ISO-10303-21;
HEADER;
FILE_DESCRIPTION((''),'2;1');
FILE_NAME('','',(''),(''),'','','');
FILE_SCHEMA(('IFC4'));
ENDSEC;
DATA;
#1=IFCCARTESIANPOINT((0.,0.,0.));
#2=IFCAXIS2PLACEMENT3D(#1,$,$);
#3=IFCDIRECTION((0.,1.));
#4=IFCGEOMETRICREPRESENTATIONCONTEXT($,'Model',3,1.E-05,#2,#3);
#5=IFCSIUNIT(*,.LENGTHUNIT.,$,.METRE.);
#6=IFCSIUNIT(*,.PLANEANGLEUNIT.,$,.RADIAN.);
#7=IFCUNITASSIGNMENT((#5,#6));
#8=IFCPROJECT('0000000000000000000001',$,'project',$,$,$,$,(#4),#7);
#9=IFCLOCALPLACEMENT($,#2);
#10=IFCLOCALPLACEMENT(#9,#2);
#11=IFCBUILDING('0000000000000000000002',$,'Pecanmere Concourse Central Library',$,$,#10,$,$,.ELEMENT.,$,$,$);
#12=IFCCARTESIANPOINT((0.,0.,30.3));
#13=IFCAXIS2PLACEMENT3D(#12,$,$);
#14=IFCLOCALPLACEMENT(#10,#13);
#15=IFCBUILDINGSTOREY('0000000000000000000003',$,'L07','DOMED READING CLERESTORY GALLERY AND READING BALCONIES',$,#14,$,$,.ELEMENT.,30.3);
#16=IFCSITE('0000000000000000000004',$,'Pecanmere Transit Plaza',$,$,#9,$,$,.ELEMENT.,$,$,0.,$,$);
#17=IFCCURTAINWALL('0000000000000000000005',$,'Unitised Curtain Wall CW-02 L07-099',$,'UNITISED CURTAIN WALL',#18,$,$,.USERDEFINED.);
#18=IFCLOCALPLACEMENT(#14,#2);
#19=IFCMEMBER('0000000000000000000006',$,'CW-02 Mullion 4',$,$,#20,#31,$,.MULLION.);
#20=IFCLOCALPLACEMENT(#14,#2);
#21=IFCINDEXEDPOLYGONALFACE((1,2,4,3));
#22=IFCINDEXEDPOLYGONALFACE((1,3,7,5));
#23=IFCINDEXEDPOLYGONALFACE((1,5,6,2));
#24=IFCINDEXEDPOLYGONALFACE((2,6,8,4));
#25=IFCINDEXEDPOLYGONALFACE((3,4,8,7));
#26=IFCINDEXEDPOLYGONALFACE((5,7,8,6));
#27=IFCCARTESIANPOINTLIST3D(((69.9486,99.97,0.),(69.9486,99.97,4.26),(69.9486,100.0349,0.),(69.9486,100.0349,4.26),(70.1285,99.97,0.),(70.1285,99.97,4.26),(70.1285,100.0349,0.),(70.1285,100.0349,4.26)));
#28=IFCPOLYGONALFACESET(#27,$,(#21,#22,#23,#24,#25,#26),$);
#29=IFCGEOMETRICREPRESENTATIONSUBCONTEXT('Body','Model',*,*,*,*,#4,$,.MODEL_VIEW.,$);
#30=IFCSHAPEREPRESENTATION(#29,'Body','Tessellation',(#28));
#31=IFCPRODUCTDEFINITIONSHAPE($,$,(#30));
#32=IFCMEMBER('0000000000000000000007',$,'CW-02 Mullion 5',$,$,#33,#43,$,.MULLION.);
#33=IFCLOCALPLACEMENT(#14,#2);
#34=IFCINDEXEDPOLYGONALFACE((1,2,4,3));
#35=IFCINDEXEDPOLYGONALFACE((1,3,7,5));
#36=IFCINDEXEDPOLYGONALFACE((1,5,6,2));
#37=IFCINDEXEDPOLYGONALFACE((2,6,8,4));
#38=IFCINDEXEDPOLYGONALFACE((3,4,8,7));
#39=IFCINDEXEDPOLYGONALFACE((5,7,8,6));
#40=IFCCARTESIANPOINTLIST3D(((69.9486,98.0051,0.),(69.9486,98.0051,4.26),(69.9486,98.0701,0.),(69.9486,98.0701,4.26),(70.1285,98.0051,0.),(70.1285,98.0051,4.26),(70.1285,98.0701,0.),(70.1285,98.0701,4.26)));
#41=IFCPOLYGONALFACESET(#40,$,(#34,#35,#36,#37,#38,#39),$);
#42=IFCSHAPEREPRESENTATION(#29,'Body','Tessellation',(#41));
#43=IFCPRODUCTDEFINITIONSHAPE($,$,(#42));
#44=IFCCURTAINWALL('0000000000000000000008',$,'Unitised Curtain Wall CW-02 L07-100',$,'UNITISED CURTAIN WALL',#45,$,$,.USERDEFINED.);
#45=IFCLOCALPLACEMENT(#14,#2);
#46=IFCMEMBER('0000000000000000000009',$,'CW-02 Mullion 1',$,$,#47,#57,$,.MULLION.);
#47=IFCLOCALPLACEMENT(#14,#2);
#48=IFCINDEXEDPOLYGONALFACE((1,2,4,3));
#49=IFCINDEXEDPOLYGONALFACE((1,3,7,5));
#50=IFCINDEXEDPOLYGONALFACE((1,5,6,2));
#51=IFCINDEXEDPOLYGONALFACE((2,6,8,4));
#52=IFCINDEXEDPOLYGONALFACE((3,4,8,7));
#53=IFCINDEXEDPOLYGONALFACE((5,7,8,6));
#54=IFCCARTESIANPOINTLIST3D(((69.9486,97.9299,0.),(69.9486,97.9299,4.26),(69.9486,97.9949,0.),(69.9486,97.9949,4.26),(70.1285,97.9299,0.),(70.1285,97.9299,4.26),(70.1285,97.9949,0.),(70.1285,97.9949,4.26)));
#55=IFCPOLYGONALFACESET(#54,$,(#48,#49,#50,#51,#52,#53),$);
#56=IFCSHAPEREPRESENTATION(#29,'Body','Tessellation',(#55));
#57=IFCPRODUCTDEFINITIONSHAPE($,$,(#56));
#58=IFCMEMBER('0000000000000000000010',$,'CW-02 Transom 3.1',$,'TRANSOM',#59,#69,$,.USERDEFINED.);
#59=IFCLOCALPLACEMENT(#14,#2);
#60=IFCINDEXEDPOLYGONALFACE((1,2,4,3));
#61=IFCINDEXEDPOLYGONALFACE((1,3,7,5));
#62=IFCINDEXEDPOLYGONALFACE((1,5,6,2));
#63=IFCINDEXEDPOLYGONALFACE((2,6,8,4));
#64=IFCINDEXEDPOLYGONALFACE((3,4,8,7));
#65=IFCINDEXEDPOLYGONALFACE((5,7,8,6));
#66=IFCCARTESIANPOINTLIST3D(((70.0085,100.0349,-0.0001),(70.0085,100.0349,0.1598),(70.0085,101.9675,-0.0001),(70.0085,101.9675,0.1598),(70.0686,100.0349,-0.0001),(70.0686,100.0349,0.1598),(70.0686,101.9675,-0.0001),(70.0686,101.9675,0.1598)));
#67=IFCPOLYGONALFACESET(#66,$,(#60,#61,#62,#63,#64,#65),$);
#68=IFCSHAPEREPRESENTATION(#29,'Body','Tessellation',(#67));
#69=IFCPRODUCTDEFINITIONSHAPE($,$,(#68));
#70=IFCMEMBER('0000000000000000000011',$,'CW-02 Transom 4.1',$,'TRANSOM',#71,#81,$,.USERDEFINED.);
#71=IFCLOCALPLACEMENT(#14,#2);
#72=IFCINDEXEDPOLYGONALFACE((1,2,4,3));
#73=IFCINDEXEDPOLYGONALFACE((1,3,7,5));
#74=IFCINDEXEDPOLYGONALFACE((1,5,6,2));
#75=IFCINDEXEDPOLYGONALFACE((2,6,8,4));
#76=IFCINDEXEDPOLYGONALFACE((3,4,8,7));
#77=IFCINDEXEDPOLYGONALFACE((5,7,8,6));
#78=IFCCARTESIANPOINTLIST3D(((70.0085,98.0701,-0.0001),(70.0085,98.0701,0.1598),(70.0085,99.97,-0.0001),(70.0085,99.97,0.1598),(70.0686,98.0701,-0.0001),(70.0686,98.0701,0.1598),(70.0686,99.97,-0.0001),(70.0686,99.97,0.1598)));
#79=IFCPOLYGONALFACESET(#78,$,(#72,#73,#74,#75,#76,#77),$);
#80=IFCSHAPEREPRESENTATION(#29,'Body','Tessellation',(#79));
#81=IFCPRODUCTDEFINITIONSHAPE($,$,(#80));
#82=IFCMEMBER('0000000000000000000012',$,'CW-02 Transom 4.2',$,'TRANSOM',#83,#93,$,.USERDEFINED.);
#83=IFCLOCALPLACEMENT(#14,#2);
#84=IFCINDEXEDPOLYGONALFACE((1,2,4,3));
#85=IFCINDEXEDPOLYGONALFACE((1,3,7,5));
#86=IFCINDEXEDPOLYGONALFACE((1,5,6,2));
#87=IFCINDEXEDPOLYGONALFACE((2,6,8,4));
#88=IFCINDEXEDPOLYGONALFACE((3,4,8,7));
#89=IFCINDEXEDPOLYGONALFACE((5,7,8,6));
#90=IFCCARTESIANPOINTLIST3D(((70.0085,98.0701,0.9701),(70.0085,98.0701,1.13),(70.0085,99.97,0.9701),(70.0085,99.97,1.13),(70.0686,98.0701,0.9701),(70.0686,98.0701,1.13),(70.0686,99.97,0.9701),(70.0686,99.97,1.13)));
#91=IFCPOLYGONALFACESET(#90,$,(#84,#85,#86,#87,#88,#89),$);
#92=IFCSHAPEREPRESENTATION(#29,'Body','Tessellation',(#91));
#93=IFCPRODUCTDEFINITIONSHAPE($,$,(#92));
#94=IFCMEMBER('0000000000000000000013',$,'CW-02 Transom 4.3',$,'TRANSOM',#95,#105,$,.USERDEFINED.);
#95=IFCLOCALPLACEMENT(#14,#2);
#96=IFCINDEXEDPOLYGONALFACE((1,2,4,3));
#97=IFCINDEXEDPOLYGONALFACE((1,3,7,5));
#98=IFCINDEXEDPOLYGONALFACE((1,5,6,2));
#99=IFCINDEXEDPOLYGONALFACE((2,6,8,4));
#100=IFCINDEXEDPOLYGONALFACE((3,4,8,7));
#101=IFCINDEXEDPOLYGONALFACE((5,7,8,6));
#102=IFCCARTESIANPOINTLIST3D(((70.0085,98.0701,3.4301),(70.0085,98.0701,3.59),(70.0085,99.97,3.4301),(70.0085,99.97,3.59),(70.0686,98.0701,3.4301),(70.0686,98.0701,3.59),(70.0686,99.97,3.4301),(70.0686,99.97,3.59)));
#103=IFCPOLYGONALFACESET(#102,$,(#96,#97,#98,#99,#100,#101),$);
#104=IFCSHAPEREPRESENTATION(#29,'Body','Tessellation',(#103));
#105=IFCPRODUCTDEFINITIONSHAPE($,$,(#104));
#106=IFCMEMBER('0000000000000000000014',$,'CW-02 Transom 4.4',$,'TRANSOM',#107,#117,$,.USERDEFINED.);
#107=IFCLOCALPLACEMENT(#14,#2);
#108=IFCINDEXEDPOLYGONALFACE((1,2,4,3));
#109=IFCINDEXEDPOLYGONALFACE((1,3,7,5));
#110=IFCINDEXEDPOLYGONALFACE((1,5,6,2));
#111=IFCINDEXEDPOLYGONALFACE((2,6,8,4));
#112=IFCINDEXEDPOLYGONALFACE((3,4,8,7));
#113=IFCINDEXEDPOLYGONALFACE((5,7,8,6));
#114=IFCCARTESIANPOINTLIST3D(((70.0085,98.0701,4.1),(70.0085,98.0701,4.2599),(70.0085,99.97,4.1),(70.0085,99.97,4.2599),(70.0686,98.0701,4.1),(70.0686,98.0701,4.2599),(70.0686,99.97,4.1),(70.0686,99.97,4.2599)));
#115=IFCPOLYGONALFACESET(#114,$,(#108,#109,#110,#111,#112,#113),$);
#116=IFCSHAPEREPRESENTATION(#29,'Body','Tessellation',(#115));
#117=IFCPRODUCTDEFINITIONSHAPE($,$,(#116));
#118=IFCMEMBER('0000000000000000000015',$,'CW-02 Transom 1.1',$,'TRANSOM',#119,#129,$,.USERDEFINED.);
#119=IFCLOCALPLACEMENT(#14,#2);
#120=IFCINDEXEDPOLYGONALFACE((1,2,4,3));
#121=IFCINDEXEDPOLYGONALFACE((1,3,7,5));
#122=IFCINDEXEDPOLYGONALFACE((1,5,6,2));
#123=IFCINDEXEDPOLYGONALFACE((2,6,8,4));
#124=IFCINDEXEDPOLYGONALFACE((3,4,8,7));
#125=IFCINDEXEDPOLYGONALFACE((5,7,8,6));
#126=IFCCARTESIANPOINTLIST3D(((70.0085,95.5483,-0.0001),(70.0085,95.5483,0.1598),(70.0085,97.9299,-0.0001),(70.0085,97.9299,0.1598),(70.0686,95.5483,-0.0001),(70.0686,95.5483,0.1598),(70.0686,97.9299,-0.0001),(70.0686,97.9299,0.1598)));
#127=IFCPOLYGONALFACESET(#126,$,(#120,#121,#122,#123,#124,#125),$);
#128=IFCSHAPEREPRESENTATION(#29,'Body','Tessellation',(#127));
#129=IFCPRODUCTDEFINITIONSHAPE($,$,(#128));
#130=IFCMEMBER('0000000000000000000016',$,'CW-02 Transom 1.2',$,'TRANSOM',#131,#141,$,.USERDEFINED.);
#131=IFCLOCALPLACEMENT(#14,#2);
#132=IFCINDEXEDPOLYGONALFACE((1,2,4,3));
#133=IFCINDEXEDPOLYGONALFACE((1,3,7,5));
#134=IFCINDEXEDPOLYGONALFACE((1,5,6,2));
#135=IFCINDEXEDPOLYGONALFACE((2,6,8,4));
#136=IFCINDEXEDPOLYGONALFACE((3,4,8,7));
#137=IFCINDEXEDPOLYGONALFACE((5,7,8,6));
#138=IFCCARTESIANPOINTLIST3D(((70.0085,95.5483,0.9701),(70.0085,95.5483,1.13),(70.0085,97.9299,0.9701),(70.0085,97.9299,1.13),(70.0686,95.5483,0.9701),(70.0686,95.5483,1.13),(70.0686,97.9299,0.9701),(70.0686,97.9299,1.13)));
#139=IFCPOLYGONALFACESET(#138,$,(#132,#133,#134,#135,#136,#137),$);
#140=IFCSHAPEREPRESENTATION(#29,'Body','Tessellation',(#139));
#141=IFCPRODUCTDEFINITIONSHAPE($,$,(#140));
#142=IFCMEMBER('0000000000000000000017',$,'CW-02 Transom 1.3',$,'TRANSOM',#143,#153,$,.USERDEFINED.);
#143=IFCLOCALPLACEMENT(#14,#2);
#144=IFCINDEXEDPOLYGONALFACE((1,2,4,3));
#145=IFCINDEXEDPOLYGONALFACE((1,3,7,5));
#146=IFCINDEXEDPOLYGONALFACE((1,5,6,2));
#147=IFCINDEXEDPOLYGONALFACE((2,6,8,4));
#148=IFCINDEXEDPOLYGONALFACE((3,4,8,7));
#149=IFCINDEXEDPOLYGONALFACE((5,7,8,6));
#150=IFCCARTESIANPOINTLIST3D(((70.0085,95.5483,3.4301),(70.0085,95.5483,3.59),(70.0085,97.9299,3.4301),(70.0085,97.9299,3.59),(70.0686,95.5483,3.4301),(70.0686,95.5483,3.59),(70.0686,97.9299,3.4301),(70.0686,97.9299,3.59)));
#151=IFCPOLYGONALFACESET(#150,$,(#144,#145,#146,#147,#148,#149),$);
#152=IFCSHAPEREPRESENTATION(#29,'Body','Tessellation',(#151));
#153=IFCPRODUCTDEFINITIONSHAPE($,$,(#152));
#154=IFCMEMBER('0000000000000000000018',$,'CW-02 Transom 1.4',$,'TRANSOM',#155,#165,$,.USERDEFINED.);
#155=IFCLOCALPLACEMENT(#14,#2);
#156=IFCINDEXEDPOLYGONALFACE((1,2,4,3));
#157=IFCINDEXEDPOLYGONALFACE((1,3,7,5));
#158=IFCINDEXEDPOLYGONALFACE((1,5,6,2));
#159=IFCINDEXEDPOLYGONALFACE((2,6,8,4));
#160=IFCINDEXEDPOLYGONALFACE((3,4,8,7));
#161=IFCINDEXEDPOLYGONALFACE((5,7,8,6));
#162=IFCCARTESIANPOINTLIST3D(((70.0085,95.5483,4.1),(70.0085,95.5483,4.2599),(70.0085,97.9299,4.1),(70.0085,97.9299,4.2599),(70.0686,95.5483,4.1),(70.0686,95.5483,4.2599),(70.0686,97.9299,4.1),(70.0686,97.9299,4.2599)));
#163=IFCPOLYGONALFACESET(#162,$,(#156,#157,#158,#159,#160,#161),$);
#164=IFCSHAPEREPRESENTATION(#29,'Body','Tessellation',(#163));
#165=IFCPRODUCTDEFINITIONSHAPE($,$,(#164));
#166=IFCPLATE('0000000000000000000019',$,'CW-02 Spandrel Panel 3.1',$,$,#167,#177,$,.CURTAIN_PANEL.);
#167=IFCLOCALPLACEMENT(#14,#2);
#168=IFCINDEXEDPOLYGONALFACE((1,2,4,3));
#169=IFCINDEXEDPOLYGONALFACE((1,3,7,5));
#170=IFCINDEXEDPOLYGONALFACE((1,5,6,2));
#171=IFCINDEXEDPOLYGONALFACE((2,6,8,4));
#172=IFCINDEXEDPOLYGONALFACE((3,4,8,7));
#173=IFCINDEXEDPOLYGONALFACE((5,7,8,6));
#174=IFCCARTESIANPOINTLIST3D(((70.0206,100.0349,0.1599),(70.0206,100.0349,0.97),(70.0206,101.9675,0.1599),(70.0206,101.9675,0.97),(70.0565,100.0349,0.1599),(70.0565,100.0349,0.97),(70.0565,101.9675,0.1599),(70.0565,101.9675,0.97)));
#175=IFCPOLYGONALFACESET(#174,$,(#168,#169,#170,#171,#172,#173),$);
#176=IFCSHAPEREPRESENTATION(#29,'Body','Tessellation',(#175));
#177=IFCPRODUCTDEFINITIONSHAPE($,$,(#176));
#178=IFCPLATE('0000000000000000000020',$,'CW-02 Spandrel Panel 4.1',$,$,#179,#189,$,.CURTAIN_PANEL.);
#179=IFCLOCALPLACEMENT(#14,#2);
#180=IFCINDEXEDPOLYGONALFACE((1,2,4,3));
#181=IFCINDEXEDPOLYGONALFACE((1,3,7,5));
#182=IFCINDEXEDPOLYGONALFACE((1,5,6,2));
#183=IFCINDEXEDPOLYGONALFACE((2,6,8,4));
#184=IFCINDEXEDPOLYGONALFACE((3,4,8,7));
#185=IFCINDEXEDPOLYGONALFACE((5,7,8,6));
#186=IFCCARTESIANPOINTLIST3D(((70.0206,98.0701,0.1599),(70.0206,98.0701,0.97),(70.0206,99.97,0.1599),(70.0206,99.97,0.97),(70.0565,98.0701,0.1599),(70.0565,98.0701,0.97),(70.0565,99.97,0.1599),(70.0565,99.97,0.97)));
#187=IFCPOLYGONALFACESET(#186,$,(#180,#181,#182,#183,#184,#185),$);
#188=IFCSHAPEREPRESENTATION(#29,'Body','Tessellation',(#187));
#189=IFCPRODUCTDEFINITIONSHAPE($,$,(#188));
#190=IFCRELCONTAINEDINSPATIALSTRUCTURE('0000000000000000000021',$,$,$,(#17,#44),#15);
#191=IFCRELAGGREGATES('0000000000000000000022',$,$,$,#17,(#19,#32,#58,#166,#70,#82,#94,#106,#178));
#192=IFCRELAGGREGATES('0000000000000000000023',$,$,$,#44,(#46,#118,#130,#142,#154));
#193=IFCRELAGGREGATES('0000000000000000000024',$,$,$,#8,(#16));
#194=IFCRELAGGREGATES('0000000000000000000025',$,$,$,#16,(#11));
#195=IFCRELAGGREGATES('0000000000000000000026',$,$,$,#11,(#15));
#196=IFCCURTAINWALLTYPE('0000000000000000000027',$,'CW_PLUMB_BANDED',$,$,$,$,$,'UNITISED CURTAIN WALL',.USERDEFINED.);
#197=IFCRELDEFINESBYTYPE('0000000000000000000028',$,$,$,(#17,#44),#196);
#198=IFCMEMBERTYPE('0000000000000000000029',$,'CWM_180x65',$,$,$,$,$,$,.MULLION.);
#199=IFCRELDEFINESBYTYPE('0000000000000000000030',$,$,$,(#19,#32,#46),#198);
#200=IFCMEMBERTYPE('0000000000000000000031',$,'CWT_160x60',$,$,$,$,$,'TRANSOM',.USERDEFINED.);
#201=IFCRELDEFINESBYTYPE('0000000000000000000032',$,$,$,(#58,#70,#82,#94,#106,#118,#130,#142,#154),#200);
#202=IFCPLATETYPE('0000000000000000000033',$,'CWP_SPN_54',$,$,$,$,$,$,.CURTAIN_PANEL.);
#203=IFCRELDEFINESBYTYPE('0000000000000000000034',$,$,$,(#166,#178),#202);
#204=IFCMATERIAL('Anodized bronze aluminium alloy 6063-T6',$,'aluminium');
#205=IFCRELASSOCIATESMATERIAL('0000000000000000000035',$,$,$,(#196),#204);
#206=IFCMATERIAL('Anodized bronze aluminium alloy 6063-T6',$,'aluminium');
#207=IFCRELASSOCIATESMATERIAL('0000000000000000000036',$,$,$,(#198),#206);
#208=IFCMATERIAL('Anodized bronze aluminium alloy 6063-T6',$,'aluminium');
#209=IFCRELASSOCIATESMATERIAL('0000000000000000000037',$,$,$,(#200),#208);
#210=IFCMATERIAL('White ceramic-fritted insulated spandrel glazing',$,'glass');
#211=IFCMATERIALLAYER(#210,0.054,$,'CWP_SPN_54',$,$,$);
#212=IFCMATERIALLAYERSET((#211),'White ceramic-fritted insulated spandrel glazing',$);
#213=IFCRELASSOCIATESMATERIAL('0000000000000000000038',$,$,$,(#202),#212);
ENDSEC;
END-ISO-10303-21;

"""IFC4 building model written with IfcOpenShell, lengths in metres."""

from ifc_helpers import new_model, si_unit, direction, frame, origin, origin_2d, place, context, subcontext, project, spatial, rectangle, extrude, material, layer, layer_set, material_profile, profile_set, type_object, element, aggregate, save


model = new_model("IFC4")

# Units and contexts
model_context = context("Model", 3, precision=1e-05, world=origin(), true_north=direction((0.0, 1.0)))
body_context = subcontext(model_context, "Body", "Model", "MODEL_VIEW")
ifc_project = project(units=[si_unit("LENGTHUNIT", "METRE"), si_unit("PLANEANGLEUNIT", "RADIAN")], contexts=[model_context])

# Site, building, storey
site_placement = place(None, origin())
site = spatial("IfcSite", under=ifc_project, at=site_placement, Name="Pecanmere Transit Plaza", CompositionType="ELEMENT", RefElevation=0.0)
building_placement = place(site_placement, origin())
building = spatial("IfcBuilding", under=site, at=building_placement, Name="Pecanmere Concourse Central Library", CompositionType="ELEMENT")
storey_placement = place(building_placement, frame((0.0, 0.0, 30.3)))
storey = spatial("IfcBuildingStorey", under=building, at=storey_placement, Name="L07", Description="DOMED READING CLERESTORY GALLERY AND READING BALCONIES", CompositionType="ELEMENT", Elevation=30.3)

# Curtain wall, members
ifc_material_1 = material(Name="Anodized bronze aluminium alloy 6063-T6", Category="aluminium")
curtain_wall_type = type_object("IfcCurtainWallType", Name="CW_PLUMB_BANDED", ElementType="UNITISED CURTAIN WALL", PredefinedType="USERDEFINED", material=ifc_material_1)
curtain_wall_1_placement = place(storey_placement, origin())
curtain_wall_1 = element("IfcCurtainWall", 1, at=curtain_wall_1_placement, inside=storey, type_object=curtain_wall_type, Name="Unitised Curtain Wall CW-02 L07-099", ObjectType="UNITISED CURTAIN WALL", PredefinedType="USERDEFINED")
ifc_material_2 = material(Name="Anodized bronze aluminium alloy 6063-T6", Category="aluminium")
ifc_material_profile_1 = material_profile(ifc_material_2, rectangle(XDim=0.0649, YDim=0.1799, at=origin_2d()), Name="AL 65x180")
ifc_profile_set_1 = profile_set([ifc_material_profile_1], Name="Anodized bronze aluminium alloy 6063-T6")
member_type_1 = type_object("IfcMemberType", Name="CWM_180x65", PredefinedType="MULLION", material=ifc_profile_set_1)
member_1_placement = place(storey_placement, frame((70.0386, 100.0024, 0.0), z_axis=(0.0, 0.0, 1.0), x_axis=(0.0, -1.0, 0.0)))
member_1 = element("IfcMember", 2, at=member_1_placement, type_object=member_type_1, Name="CW-02 Mullion 4", PredefinedType="MULLION", context=body_context, shape_type="SweptSolid", body=[
    extrude(rectangle(XDim=0.0649, YDim=0.1799, at=origin_2d()), origin(), (0.0, 0.0, 1.0), 4.26),
])
member_2_placement = place(storey_placement, frame((70.0386, 98.0376, 0.0), z_axis=(0.0, 0.0, 1.0), x_axis=(0.0, -1.0, 0.0)))
member_2 = element("IfcMember", 3, at=member_2_placement, type_object=member_type_1, Name="CW-02 Mullion 5", PredefinedType="MULLION", context=body_context, shape_type="SweptSolid", body=[
    extrude(rectangle(XDim=0.0649, YDim=0.1799, at=origin_2d()), origin(), (0.0, 0.0, 1.0), 4.26),
])

# Curtain wall, member
curtain_wall_2_placement = place(storey_placement, origin())
curtain_wall_2 = element("IfcCurtainWall", 4, at=curtain_wall_2_placement, inside=storey, type_object=curtain_wall_type, Name="Unitised Curtain Wall CW-02 L07-100", ObjectType="UNITISED CURTAIN WALL", PredefinedType="USERDEFINED")
member_3_placement = place(storey_placement, frame((70.0386, 97.9624, 0.0), z_axis=(0.0, 0.0, 1.0), x_axis=(0.0, -1.0, 0.0)))
member_3 = element("IfcMember", 5, at=member_3_placement, type_object=member_type_1, Name="CW-02 Mullion 1", PredefinedType="MULLION", context=body_context, shape_type="SweptSolid", body=[
    extrude(rectangle(XDim=0.0649, YDim=0.1799, at=origin_2d()), origin(), (0.0, 0.0, 1.0), 4.26),
])

# Members
ifc_material_3 = material(Name="Anodized bronze aluminium alloy 6063-T6", Category="aluminium")
ifc_material_profile_2 = material_profile(ifc_material_3, rectangle(XDim=0.0601, YDim=0.1599, at=origin_2d()), Name="AL 60x160")
ifc_profile_set_2 = profile_set([ifc_material_profile_2], Name="Anodized bronze aluminium alloy 6063-T6")
member_type_2 = type_object("IfcMemberType", Name="CWT_160x60", ElementType="TRANSOM", PredefinedType="USERDEFINED", material=ifc_profile_set_2)
member_4_placement = place(storey_placement, frame((70.0386, 101.9675, 0.0798), z_axis=(0.0, -1.0, 0.0), x_axis=(1.0, 0.0, 0.0)))
member_4 = element("IfcMember", 6, at=member_4_placement, type_object=member_type_2, Name="CW-02 Transom 3.1", ObjectType="TRANSOM", PredefinedType="USERDEFINED", context=body_context, shape_type="SweptSolid", body=[
    extrude(rectangle(XDim=0.0601, YDim=0.1599, at=origin_2d()), origin(), (0.0, 0.0, 1.0), 1.9326),
])
member_5_placement = place(storey_placement, frame((70.0386, 99.97, 0.0798), z_axis=(0.0, -1.0, 0.0), x_axis=(1.0, 0.0, 0.0)))
member_5 = element("IfcMember", 7, at=member_5_placement, type_object=member_type_2, Name="CW-02 Transom 4.1", ObjectType="TRANSOM", PredefinedType="USERDEFINED", context=body_context, shape_type="SweptSolid", body=[
    extrude(rectangle(XDim=0.0601, YDim=0.1599, at=origin_2d()), origin(), (0.0, 0.0, 1.0), 1.8999),
])
member_6_placement = place(storey_placement, frame((70.0386, 99.97, 1.05), z_axis=(0.0, -1.0, 0.0), x_axis=(1.0, 0.0, 0.0)))
member_6 = element("IfcMember", 8, at=member_6_placement, type_object=member_type_2, Name="CW-02 Transom 4.2", ObjectType="TRANSOM", PredefinedType="USERDEFINED", context=body_context, shape_type="SweptSolid", body=[
    extrude(rectangle(XDim=0.0601, YDim=0.1599, at=origin_2d()), origin(), (0.0, 0.0, 1.0), 1.8999),
])
member_7_placement = place(storey_placement, frame((70.0386, 99.97, 3.51), z_axis=(0.0, -1.0, 0.0), x_axis=(1.0, 0.0, 0.0)))
member_7 = element("IfcMember", 9, at=member_7_placement, type_object=member_type_2, Name="CW-02 Transom 4.3", ObjectType="TRANSOM", PredefinedType="USERDEFINED", context=body_context, shape_type="SweptSolid", body=[
    extrude(rectangle(XDim=0.0601, YDim=0.1599, at=origin_2d()), origin(), (0.0, 0.0, 1.0), 1.8999),
])
member_8_placement = place(storey_placement, frame((70.0386, 99.97, 4.1799), z_axis=(0.0, -1.0, 0.0), x_axis=(1.0, 0.0, 0.0)))
member_8 = element("IfcMember", 10, at=member_8_placement, type_object=member_type_2, Name="CW-02 Transom 4.4", ObjectType="TRANSOM", PredefinedType="USERDEFINED", context=body_context, shape_type="SweptSolid", body=[
    extrude(rectangle(XDim=0.0601, YDim=0.1599, at=origin_2d()), origin(), (0.0, 0.0, 1.0), 1.8999),
])
member_9_placement = place(storey_placement, frame((70.0386, 97.9299, 0.0798), z_axis=(0.0, -1.0, 0.0), x_axis=(1.0, 0.0, 0.0)))
member_9 = element("IfcMember", 11, at=member_9_placement, type_object=member_type_2, Name="CW-02 Transom 1.1", ObjectType="TRANSOM", PredefinedType="USERDEFINED", context=body_context, shape_type="SweptSolid", body=[
    extrude(rectangle(XDim=0.0601, YDim=0.1599, at=origin_2d()), origin(), (0.0, 0.0, 1.0), 2.3816),
])
member_10_placement = place(storey_placement, frame((70.0386, 97.9299, 1.05), z_axis=(0.0, -1.0, 0.0), x_axis=(1.0, 0.0, 0.0)))
member_10 = element("IfcMember", 12, at=member_10_placement, type_object=member_type_2, Name="CW-02 Transom 1.2", ObjectType="TRANSOM", PredefinedType="USERDEFINED", context=body_context, shape_type="SweptSolid", body=[
    extrude(rectangle(XDim=0.0601, YDim=0.1599, at=origin_2d()), origin(), (0.0, 0.0, 1.0), 2.3816),
])
member_11_placement = place(storey_placement, frame((70.0386, 97.9299, 3.51), z_axis=(0.0, -1.0, 0.0), x_axis=(1.0, 0.0, 0.0)))
member_11 = element("IfcMember", 13, at=member_11_placement, type_object=member_type_2, Name="CW-02 Transom 1.3", ObjectType="TRANSOM", PredefinedType="USERDEFINED", context=body_context, shape_type="SweptSolid", body=[
    extrude(rectangle(XDim=0.0601, YDim=0.1599, at=origin_2d()), origin(), (0.0, 0.0, 1.0), 2.3816),
])
member_12_placement = place(storey_placement, frame((70.0386, 97.9299, 4.1799), z_axis=(0.0, -1.0, 0.0), x_axis=(1.0, 0.0, 0.0)))
member_12 = element("IfcMember", 14, at=member_12_placement, type_object=member_type_2, Name="CW-02 Transom 1.4", ObjectType="TRANSOM", PredefinedType="USERDEFINED", context=body_context, shape_type="SweptSolid", body=[
    extrude(rectangle(XDim=0.0601, YDim=0.1599, at=origin_2d()), origin(), (0.0, 0.0, 1.0), 2.3816),
])

# Plates
ifc_material_4 = material(Name="White ceramic-fritted insulated spandrel glazing", Category="glass")
ifc_layer_1 = layer(ifc_material_4, 0.054, Name="CWP_SPN_54")
ifc_layer_set_1 = layer_set([ifc_layer_1], Name="White ceramic-fritted insulated spandrel glazing")
plate_type_1 = type_object("IfcPlateType", Name="CWP_SPN_54", PredefinedType="CURTAIN_PANEL", material=ifc_layer_set_1)
plate_1_placement = place(storey_placement, frame((70.0386, 101.0012, 0.1599), z_axis=(0.0, 0.0, 1.0), x_axis=(0.0, -1.0, 0.0)))
plate_1 = element("IfcPlate", 15, at=plate_1_placement, type_object=plate_type_1, Name="CW-02 Spandrel Panel 3.1", PredefinedType="CURTAIN_PANEL", context=body_context, shape_type="SweptSolid", body=[
    extrude(rectangle(XDim=1.9326, YDim=0.0359, at=origin_2d()), origin(), (0.0, 0.0, 1.0), 0.8101),
])
plate_2_placement = place(storey_placement, frame((70.0386, 99.02, 0.1599), z_axis=(0.0, 0.0, 1.0), x_axis=(0.0, -1.0, 0.0)))
plate_2 = element("IfcPlate", 16, at=plate_2_placement, type_object=plate_type_1, Name="CW-02 Spandrel Panel 4.1", PredefinedType="CURTAIN_PANEL", context=body_context, shape_type="SweptSolid", body=[
    extrude(rectangle(XDim=1.8999, YDim=0.0359, at=origin_2d()), origin(), (0.0, 0.0, 1.0), 0.8101),
])
aggregate(curtain_wall_1, [member_1, member_2, member_4, plate_1, member_5, member_6, member_7, member_8, plate_2])
aggregate(curtain_wall_2, [member_3, member_9, member_10, member_11, member_12])

save(model, "model.ifc")
